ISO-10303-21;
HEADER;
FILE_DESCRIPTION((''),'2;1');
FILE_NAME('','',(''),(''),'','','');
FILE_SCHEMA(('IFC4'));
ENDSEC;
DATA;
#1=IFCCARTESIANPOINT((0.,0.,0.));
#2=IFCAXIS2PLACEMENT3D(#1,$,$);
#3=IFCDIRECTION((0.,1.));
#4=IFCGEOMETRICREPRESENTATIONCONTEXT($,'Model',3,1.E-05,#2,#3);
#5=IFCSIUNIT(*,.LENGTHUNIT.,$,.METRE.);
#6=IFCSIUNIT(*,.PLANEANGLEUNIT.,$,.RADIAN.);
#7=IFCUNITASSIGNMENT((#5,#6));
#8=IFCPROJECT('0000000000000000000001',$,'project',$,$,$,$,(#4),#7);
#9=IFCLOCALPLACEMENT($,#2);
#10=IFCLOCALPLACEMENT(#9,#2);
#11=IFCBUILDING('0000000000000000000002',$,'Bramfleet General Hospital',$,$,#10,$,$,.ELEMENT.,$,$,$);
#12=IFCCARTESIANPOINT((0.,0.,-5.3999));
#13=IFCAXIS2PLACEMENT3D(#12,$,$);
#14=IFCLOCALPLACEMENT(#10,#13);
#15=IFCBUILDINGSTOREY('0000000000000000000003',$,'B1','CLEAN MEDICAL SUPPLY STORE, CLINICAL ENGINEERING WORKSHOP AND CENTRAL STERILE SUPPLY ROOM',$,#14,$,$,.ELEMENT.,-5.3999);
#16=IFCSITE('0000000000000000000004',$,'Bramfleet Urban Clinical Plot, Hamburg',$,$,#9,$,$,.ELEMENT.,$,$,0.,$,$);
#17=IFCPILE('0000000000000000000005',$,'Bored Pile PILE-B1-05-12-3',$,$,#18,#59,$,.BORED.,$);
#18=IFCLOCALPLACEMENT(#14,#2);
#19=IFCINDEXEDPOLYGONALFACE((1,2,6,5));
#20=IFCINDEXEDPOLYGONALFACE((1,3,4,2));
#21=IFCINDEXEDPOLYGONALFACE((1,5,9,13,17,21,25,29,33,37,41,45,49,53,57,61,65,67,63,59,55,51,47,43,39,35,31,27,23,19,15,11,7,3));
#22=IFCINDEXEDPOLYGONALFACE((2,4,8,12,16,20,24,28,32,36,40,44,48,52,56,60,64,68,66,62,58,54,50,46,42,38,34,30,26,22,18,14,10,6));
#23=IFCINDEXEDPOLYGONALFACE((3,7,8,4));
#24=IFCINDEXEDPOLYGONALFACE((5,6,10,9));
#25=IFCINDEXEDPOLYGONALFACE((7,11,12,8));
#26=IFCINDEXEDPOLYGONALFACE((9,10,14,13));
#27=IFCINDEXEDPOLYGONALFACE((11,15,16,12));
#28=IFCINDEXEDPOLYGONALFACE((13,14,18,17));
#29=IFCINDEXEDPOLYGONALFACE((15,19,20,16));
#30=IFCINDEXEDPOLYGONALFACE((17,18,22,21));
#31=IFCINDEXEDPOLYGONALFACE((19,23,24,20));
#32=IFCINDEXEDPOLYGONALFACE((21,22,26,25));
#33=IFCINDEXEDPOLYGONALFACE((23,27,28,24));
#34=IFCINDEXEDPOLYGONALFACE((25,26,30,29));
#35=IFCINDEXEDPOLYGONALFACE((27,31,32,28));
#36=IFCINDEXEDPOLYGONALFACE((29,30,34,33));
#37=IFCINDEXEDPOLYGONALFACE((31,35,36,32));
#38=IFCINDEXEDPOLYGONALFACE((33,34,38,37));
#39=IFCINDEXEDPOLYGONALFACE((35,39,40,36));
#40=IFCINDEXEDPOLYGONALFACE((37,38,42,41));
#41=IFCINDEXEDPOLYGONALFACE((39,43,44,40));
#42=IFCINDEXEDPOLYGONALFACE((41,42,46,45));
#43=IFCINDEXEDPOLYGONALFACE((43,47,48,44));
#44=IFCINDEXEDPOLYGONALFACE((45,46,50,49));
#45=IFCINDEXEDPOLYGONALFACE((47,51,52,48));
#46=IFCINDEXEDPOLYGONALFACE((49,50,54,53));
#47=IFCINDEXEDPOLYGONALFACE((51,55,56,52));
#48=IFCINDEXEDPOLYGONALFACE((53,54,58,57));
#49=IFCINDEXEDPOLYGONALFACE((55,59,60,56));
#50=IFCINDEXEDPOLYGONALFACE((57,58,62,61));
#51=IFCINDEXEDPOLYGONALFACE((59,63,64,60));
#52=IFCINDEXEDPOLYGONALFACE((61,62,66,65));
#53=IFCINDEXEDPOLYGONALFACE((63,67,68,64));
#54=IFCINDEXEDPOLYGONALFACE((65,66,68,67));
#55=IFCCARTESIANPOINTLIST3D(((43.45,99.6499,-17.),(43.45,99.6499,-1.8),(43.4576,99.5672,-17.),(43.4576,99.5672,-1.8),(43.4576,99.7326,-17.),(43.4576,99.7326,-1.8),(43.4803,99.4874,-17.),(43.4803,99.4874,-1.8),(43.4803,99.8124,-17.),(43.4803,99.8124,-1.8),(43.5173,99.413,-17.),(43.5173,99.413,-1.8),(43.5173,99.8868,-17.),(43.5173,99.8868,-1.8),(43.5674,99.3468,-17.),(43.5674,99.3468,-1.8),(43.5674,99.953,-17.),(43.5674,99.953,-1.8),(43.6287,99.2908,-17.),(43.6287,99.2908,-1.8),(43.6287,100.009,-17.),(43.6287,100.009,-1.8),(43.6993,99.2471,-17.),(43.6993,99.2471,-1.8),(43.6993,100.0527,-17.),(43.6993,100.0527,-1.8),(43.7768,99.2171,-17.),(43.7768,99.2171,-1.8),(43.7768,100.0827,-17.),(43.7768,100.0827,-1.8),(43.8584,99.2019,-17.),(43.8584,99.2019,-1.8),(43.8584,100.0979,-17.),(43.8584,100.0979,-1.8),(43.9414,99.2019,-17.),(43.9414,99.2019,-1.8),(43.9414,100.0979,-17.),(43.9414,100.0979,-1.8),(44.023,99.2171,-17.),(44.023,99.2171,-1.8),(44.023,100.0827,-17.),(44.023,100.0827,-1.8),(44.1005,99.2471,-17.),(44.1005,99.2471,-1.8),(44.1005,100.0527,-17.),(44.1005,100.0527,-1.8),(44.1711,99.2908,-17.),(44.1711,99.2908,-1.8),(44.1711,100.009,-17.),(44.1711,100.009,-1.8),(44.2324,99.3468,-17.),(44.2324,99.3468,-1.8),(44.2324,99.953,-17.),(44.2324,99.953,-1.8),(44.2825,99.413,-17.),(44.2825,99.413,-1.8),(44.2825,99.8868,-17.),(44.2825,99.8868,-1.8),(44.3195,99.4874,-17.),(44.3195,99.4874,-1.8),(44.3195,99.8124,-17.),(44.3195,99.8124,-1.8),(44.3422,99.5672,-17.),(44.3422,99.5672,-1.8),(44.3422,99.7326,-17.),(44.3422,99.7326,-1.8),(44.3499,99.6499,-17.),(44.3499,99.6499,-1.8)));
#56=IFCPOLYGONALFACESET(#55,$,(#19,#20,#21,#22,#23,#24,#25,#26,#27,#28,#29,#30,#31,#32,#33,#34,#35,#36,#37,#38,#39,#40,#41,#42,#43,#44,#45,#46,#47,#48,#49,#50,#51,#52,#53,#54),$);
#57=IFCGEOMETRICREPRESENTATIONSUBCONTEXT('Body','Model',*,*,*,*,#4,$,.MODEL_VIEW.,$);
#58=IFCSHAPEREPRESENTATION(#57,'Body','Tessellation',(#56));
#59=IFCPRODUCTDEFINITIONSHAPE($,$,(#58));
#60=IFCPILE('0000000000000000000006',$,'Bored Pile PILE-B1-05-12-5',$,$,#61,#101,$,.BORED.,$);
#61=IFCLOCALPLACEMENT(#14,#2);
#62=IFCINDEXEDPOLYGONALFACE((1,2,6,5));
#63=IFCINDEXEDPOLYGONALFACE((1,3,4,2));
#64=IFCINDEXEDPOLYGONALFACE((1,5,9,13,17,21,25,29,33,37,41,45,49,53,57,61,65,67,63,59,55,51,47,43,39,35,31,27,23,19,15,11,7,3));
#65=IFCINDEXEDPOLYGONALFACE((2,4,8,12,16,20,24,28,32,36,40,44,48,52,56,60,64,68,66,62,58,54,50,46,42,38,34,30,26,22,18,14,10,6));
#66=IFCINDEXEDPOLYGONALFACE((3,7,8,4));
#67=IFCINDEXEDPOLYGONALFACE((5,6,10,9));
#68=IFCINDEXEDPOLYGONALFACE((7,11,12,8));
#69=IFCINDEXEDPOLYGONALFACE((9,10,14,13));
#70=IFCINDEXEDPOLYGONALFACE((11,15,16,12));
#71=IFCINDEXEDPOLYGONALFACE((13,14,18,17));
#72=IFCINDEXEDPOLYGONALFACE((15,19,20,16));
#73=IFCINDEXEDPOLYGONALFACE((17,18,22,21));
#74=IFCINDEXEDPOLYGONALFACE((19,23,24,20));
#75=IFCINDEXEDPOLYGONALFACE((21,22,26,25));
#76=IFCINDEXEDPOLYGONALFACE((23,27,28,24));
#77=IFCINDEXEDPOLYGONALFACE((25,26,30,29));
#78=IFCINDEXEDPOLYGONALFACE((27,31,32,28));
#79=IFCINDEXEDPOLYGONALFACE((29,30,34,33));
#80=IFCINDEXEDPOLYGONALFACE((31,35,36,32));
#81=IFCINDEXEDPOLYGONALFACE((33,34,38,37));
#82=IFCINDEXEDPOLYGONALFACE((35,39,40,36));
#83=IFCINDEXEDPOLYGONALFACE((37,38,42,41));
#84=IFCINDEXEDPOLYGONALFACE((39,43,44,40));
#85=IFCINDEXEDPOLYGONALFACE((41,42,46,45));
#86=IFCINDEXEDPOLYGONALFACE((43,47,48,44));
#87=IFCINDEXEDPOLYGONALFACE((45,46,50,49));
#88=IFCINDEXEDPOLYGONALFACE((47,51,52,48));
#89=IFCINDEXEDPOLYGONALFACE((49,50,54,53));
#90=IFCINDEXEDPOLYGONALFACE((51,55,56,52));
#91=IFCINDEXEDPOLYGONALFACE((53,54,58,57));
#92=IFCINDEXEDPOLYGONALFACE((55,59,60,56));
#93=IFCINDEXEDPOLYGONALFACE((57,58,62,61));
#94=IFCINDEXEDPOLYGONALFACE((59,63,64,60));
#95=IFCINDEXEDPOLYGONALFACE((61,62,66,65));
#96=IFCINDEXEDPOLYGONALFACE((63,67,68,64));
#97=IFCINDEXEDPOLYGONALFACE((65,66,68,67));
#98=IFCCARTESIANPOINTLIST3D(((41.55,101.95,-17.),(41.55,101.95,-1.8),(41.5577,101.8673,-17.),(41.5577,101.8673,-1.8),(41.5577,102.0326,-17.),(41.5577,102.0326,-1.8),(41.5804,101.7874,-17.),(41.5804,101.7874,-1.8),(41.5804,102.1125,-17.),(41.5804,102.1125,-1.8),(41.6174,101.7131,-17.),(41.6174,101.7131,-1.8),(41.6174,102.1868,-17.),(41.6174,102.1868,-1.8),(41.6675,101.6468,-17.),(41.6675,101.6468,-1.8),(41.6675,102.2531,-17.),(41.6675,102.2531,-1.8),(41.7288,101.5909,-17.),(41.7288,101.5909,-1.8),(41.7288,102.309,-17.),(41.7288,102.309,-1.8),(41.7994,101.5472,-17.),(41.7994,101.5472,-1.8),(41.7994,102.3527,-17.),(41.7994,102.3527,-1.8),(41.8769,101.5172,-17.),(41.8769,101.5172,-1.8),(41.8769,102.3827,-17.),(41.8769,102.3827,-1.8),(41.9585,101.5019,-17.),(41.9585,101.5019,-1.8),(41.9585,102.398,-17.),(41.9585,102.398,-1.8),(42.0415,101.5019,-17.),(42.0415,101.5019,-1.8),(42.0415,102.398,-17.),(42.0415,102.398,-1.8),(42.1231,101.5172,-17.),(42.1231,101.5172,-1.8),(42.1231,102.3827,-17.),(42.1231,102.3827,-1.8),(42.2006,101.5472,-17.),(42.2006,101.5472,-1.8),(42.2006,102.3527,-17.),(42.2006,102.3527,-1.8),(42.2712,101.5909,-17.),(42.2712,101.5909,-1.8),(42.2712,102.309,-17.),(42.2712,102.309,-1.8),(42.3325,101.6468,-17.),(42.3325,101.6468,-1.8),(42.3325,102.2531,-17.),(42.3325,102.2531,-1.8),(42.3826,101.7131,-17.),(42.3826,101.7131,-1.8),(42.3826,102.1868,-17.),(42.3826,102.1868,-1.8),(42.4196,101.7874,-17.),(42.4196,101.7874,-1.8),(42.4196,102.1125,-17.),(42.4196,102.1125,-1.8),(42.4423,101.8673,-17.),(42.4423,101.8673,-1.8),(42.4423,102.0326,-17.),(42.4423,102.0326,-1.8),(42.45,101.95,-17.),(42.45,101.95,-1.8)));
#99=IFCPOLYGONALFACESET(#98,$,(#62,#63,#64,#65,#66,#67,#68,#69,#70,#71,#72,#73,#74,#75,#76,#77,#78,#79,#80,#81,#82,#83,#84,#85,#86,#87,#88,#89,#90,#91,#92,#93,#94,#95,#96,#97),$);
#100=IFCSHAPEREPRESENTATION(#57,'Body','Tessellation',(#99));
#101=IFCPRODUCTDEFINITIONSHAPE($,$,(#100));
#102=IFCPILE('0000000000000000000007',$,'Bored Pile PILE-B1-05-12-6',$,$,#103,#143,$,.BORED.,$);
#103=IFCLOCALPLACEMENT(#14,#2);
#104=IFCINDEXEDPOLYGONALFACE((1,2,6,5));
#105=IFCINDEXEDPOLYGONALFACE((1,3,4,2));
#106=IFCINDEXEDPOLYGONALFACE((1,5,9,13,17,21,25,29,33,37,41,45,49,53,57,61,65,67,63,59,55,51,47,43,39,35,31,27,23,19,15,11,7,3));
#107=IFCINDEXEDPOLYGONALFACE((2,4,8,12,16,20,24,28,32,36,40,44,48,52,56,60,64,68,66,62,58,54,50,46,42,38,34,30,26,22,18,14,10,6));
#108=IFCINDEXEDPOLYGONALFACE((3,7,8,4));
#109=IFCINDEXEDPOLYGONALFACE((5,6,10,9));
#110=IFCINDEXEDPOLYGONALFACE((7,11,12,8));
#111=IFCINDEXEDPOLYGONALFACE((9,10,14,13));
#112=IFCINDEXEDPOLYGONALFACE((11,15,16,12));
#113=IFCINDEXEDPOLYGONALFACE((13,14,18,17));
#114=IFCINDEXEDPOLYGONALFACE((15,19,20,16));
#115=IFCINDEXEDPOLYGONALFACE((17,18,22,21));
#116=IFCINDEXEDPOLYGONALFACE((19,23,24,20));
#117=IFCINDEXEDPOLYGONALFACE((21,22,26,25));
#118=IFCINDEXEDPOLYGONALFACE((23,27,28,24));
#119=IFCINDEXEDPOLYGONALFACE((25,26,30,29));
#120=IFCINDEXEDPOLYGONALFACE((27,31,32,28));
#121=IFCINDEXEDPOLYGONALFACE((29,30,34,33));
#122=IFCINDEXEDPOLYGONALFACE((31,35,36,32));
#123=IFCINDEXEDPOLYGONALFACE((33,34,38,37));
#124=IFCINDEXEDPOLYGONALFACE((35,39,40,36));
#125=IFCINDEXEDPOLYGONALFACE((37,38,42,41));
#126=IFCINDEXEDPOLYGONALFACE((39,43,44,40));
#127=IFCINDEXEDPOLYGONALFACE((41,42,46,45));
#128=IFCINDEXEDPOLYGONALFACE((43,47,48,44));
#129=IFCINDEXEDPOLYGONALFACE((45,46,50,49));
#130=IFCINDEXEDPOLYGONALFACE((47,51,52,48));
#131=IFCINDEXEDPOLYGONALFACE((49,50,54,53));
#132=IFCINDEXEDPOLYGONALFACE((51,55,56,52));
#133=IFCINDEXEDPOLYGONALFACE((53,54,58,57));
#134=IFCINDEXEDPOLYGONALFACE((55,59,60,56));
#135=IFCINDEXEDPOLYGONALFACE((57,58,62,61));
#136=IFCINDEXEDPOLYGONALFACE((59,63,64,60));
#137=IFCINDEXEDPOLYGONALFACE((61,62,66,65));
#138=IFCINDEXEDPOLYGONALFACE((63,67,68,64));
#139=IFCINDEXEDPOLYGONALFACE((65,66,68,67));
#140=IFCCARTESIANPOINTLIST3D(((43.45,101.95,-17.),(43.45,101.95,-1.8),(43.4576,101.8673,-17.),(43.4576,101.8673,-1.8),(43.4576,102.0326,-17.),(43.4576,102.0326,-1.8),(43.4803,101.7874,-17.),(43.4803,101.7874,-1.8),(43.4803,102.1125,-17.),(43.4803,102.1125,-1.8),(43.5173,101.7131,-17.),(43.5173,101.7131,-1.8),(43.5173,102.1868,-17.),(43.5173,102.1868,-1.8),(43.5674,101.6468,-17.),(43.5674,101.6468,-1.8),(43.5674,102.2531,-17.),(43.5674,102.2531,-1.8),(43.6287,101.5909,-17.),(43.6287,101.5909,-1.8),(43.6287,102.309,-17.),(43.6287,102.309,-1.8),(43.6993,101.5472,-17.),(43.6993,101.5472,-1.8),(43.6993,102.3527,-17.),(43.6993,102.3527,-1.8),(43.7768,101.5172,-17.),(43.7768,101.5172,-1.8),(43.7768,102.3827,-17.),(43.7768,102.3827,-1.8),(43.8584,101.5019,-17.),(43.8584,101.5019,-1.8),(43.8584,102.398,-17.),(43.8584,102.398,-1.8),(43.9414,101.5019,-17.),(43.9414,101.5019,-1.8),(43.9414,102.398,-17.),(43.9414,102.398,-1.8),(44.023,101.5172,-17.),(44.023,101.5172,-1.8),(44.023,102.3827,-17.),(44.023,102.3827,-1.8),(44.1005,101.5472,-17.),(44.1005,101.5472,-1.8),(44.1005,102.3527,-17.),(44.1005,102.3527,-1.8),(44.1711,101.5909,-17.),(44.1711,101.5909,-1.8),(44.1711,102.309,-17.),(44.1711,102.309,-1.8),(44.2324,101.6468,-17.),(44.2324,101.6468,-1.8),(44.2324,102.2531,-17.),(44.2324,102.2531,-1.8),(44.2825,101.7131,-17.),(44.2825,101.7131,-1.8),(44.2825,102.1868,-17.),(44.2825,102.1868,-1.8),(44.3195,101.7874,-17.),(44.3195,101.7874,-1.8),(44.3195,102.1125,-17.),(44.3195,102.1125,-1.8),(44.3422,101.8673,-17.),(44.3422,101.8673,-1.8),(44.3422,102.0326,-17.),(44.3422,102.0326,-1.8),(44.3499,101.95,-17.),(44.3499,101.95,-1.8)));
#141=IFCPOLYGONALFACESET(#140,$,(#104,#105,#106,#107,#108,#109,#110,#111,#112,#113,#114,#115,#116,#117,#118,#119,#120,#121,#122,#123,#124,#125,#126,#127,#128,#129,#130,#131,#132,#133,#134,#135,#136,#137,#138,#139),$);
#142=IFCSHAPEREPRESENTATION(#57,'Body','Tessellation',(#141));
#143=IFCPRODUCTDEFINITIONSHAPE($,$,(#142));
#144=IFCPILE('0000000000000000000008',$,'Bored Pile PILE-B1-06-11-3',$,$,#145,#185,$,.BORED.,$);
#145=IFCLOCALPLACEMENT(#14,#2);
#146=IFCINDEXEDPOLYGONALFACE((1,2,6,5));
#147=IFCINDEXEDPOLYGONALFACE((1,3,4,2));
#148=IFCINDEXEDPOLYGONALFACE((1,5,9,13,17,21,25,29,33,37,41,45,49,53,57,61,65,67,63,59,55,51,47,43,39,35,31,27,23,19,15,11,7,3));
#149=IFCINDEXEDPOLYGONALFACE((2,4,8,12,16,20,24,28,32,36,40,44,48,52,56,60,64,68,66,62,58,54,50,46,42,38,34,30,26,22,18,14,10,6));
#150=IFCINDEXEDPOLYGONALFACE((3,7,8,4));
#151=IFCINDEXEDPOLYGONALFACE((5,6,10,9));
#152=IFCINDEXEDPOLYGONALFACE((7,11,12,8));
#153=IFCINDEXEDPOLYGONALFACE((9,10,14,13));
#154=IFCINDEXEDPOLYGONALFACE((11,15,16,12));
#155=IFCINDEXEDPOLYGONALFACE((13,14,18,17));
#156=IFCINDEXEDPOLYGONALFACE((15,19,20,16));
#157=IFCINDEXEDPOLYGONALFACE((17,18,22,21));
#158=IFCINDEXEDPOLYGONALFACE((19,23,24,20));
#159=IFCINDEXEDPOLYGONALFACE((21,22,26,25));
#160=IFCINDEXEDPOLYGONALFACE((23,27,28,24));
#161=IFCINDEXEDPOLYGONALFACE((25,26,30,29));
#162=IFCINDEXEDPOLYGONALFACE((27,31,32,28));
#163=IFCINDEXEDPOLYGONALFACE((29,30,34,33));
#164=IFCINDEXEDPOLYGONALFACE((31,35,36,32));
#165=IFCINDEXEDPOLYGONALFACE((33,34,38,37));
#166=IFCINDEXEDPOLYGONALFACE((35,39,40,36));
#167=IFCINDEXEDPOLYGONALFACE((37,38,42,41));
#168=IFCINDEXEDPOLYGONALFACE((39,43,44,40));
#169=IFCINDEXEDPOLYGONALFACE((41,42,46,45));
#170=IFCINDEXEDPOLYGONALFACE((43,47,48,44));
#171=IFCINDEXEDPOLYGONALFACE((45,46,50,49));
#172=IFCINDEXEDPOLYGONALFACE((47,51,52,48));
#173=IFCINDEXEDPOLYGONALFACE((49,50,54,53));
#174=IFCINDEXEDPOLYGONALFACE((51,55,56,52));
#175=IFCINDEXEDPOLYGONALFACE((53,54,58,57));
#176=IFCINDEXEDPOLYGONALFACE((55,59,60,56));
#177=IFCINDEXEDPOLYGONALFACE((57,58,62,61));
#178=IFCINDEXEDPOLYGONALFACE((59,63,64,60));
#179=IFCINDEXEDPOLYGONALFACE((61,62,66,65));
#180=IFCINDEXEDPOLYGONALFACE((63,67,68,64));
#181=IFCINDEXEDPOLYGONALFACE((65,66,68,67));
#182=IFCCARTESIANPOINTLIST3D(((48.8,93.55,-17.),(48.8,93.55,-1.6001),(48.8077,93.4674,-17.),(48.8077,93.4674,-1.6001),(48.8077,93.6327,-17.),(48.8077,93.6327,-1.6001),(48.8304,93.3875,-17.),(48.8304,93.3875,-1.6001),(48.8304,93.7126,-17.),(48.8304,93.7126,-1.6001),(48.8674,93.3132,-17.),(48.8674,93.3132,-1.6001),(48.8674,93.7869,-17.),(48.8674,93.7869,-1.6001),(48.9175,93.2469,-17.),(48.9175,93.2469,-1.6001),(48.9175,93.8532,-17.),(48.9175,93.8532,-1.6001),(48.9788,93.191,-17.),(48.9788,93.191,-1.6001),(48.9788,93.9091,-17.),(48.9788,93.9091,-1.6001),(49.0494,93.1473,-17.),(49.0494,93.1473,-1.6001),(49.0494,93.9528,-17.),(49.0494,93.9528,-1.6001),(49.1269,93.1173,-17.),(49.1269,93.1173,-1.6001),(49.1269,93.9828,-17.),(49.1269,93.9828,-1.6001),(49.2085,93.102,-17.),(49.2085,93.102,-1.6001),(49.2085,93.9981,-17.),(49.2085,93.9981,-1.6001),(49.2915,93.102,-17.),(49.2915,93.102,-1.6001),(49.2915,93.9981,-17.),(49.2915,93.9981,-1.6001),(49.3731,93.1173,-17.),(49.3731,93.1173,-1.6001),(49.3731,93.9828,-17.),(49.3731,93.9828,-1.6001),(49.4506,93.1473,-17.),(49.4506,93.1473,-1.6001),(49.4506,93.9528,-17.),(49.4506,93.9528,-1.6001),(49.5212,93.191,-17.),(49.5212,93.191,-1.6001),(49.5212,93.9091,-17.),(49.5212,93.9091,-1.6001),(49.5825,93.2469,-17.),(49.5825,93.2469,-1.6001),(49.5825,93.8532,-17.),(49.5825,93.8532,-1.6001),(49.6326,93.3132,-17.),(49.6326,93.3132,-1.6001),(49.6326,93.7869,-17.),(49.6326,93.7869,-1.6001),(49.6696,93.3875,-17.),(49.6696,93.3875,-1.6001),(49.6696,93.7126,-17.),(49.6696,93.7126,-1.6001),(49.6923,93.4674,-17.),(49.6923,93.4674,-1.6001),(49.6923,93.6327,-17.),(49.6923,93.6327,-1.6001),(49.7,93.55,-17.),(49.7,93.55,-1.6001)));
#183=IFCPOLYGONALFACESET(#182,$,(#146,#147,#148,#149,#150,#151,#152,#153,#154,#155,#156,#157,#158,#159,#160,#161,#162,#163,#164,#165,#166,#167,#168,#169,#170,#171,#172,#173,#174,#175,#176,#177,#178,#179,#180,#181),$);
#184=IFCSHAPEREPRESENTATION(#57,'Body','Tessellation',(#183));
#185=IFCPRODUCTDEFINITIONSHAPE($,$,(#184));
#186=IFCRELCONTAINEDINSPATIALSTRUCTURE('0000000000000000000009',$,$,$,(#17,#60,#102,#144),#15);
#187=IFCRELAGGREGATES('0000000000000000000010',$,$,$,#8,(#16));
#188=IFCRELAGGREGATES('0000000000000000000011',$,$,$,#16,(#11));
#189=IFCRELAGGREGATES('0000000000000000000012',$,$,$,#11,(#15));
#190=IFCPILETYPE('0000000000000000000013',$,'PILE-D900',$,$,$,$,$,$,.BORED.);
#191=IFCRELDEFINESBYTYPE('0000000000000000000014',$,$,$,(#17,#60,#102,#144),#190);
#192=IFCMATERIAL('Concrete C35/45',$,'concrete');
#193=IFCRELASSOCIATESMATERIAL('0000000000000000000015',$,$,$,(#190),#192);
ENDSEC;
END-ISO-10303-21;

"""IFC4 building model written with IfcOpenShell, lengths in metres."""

from ifc_helpers import new_model, si_unit, direction, frame, origin, origin_2d, place, context, subcontext, project, spatial, circle, extrude, material, material_profile, profile_set, type_object, element, save


model = new_model("IFC4")

# Units and contexts
model_context = context("Model", 3, precision=1e-05, world=origin(), true_north=direction((0.0, 1.0)))
body_context = subcontext(model_context, "Body", "Model", "MODEL_VIEW")
ifc_project = project(units=[si_unit("LENGTHUNIT", "METRE"), si_unit("PLANEANGLEUNIT", "RADIAN")], contexts=[model_context])

# Site, building, storey
site_placement = place(None, origin())
site = spatial("IfcSite", under=ifc_project, at=site_placement, Name="Bramfleet Urban Clinical Plot, Hamburg", CompositionType="ELEMENT", RefElevation=0.0)
building_placement = place(site_placement, origin())
building = spatial("IfcBuilding", under=site, at=building_placement, Name="Bramfleet General Hospital", CompositionType="ELEMENT")
storey_placement = place(building_placement, frame((0.0, 0.0, -5.3999)))
storey = spatial("IfcBuildingStorey", under=building, at=storey_placement, Name="B1", Description="CLEAN MEDICAL SUPPLY STORE, CLINICAL ENGINEERING WORKSHOP AND CENTRAL STERILE SUPPLY ROOM", CompositionType="ELEMENT", Elevation=-5.3999)

# Shared definitions
ifc_material_1 = material(Name="Concrete C35/45", Category="concrete")

# Piles
ifc_material_profile_1 = material_profile(ifc_material_1, circle(Radius=0.45, at=origin_2d()), Name="PILE BORED D900")
ifc_profile_set_1 = profile_set([ifc_material_profile_1], Name="Concrete C35/45")
pile_type = type_object("IfcPileType", Name="PILE-D900", PredefinedType="BORED", material=ifc_profile_set_1)
for number, where, z_axis, x_axis, name in (
    (1, (43.8999, 99.6499, -1.8), (0.0, 0.0, -1.0), (1.0, 0.0, 0.0), "Bored Pile PILE-B1-05-12-3"),
    (2, (42.0, 101.95, -1.8), (0.0, 0.0, -1.0), (1.0, 0.0, 0.0), "Bored Pile PILE-B1-05-12-5"),
    (3, (43.8999, 101.95, -1.8), (0.0, 0.0, -1.0), (1.0, 0.0, 0.0), "Bored Pile PILE-B1-05-12-6"),
):
    element("IfcPile", number, at=place(storey_placement, frame(where, z_axis=z_axis, x_axis=x_axis)), inside=storey, type_object=pile_type, Name=name, PredefinedType="BORED", context=body_context, shape_type="SweptSolid", body=[
        extrude(circle(Radius=0.45, at=origin_2d()), origin(), (0.0, 0.0, 1.0), 15.2),
    ])
pile_1_placement = place(storey_placement, frame((49.25, 93.55, -1.6001), z_axis=(0.0, 0.0, -1.0), x_axis=(1.0, 0.0, 0.0)))
element("IfcPile", 4, at=pile_1_placement, inside=storey, type_object=pile_type, Name="Bored Pile PILE-B1-06-11-3", PredefinedType="BORED", context=body_context, shape_type="SweptSolid", body=[
    extrude(circle(Radius=0.45, at=origin_2d()), origin(), (0.0, 0.0, 1.0), 15.3999),
])

save(model, "model.ifc")
